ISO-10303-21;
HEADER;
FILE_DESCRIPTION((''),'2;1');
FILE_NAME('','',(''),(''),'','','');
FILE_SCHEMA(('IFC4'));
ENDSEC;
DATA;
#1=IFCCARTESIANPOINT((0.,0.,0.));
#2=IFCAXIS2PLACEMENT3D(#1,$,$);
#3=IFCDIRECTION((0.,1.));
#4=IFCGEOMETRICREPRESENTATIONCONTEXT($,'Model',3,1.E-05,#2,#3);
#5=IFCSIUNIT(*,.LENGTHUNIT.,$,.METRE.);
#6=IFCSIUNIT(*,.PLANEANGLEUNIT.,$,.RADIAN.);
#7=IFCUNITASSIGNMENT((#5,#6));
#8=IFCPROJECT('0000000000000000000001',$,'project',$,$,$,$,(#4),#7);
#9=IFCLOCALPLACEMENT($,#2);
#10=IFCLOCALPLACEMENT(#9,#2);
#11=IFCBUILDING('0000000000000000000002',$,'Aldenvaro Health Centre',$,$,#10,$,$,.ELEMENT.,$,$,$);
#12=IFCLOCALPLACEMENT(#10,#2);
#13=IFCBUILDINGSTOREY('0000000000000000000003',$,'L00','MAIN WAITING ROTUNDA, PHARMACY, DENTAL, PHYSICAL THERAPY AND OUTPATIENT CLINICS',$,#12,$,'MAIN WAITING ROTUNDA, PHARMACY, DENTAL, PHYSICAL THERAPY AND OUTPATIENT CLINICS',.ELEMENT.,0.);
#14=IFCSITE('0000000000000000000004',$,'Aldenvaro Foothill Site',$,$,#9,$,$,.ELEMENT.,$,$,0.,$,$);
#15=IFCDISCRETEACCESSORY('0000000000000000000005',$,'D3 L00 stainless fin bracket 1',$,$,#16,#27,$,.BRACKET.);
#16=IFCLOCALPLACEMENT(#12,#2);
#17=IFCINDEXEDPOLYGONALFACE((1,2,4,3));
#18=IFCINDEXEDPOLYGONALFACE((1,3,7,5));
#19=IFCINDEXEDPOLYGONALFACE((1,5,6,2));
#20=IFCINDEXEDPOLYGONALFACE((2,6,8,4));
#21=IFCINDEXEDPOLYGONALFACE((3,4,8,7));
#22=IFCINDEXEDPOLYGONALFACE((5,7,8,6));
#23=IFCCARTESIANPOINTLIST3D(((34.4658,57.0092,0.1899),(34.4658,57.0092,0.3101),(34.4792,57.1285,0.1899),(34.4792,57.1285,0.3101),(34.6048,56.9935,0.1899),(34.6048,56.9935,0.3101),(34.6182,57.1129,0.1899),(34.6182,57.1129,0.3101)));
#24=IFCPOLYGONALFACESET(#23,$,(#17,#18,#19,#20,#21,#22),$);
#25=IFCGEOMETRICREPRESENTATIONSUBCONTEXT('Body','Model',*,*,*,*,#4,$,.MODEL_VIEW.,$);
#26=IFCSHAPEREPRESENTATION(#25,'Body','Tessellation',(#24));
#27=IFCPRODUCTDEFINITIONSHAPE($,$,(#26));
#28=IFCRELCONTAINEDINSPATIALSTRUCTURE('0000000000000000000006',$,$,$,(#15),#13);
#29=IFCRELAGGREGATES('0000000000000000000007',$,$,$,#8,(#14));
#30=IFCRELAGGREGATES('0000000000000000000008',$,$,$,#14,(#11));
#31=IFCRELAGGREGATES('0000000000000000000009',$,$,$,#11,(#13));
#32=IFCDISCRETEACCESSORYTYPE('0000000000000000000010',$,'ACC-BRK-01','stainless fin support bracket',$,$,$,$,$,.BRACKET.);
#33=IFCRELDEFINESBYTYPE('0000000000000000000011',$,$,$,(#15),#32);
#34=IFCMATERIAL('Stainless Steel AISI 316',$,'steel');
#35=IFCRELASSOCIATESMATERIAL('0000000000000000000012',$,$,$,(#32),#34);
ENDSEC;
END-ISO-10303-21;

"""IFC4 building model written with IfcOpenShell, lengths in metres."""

from ifc_helpers import new_model, si_unit, direction, frame, origin, origin_2d, place, context, subcontext, project, spatial, rectangle, extrude, material, type_object, element, save


model = new_model("IFC4")

# Units and contexts
model_context = context("Model", 3, precision=1e-05, world=origin(), true_north=direction((0.0, 1.0)))
body_context = subcontext(model_context, "Body", "Model", "MODEL_VIEW")
ifc_project = project(units=[si_unit("LENGTHUNIT", "METRE"), si_unit("PLANEANGLEUNIT", "RADIAN")], contexts=[model_context])

# Site, building, storey
site_placement = place(None, origin())
site = spatial("IfcSite", under=ifc_project, at=site_placement, Name="Aldenvaro Foothill Site", CompositionType="ELEMENT", RefElevation=0.0)
building_placement = place(site_placement, origin())
building = spatial("IfcBuilding", under=site, at=building_placement, Name="Aldenvaro Health Centre", CompositionType="ELEMENT")
storey_placement = place(building_placement, origin())
storey = spatial("IfcBuildingStorey", under=building, at=storey_placement, Name="L00", Description="MAIN WAITING ROTUNDA, PHARMACY, DENTAL, PHYSICAL THERAPY AND OUTPATIENT CLINICS", LongName="MAIN WAITING ROTUNDA, PHARMACY, DENTAL, PHYSICAL THERAPY AND OUTPATIENT CLINICS", CompositionType="ELEMENT", Elevation=0.0)

# Discrete accessory
ifc_material_1 = material(Name="Stainless Steel AISI 316", Category="steel")
discrete_accessory_type = type_object("IfcDiscreteAccessoryType", Name="ACC-BRK-01", Description="stainless fin support bracket", PredefinedType="BRACKET", material=ifc_material_1)
discrete_accessory_placement = place(storey_placement, frame((34.542, 57.061, 0.1899), z_axis=(0.0, 0.0, 1.0), x_axis=(-0.111871, -0.993723, 0.0)))
element("IfcDiscreteAccessory", 1, at=discrete_accessory_placement, inside=storey, type_object=discrete_accessory_type, Name="D3 L00 stainless fin bracket 1", PredefinedType="BRACKET", context=body_context, shape_type="SweptSolid", body=[
    extrude(rectangle(XDim=0.1201, YDim=0.1399, at=origin_2d()), origin(), (0.0, 0.0, 1.0), 0.1201),
])

save(model, "model.ifc")
